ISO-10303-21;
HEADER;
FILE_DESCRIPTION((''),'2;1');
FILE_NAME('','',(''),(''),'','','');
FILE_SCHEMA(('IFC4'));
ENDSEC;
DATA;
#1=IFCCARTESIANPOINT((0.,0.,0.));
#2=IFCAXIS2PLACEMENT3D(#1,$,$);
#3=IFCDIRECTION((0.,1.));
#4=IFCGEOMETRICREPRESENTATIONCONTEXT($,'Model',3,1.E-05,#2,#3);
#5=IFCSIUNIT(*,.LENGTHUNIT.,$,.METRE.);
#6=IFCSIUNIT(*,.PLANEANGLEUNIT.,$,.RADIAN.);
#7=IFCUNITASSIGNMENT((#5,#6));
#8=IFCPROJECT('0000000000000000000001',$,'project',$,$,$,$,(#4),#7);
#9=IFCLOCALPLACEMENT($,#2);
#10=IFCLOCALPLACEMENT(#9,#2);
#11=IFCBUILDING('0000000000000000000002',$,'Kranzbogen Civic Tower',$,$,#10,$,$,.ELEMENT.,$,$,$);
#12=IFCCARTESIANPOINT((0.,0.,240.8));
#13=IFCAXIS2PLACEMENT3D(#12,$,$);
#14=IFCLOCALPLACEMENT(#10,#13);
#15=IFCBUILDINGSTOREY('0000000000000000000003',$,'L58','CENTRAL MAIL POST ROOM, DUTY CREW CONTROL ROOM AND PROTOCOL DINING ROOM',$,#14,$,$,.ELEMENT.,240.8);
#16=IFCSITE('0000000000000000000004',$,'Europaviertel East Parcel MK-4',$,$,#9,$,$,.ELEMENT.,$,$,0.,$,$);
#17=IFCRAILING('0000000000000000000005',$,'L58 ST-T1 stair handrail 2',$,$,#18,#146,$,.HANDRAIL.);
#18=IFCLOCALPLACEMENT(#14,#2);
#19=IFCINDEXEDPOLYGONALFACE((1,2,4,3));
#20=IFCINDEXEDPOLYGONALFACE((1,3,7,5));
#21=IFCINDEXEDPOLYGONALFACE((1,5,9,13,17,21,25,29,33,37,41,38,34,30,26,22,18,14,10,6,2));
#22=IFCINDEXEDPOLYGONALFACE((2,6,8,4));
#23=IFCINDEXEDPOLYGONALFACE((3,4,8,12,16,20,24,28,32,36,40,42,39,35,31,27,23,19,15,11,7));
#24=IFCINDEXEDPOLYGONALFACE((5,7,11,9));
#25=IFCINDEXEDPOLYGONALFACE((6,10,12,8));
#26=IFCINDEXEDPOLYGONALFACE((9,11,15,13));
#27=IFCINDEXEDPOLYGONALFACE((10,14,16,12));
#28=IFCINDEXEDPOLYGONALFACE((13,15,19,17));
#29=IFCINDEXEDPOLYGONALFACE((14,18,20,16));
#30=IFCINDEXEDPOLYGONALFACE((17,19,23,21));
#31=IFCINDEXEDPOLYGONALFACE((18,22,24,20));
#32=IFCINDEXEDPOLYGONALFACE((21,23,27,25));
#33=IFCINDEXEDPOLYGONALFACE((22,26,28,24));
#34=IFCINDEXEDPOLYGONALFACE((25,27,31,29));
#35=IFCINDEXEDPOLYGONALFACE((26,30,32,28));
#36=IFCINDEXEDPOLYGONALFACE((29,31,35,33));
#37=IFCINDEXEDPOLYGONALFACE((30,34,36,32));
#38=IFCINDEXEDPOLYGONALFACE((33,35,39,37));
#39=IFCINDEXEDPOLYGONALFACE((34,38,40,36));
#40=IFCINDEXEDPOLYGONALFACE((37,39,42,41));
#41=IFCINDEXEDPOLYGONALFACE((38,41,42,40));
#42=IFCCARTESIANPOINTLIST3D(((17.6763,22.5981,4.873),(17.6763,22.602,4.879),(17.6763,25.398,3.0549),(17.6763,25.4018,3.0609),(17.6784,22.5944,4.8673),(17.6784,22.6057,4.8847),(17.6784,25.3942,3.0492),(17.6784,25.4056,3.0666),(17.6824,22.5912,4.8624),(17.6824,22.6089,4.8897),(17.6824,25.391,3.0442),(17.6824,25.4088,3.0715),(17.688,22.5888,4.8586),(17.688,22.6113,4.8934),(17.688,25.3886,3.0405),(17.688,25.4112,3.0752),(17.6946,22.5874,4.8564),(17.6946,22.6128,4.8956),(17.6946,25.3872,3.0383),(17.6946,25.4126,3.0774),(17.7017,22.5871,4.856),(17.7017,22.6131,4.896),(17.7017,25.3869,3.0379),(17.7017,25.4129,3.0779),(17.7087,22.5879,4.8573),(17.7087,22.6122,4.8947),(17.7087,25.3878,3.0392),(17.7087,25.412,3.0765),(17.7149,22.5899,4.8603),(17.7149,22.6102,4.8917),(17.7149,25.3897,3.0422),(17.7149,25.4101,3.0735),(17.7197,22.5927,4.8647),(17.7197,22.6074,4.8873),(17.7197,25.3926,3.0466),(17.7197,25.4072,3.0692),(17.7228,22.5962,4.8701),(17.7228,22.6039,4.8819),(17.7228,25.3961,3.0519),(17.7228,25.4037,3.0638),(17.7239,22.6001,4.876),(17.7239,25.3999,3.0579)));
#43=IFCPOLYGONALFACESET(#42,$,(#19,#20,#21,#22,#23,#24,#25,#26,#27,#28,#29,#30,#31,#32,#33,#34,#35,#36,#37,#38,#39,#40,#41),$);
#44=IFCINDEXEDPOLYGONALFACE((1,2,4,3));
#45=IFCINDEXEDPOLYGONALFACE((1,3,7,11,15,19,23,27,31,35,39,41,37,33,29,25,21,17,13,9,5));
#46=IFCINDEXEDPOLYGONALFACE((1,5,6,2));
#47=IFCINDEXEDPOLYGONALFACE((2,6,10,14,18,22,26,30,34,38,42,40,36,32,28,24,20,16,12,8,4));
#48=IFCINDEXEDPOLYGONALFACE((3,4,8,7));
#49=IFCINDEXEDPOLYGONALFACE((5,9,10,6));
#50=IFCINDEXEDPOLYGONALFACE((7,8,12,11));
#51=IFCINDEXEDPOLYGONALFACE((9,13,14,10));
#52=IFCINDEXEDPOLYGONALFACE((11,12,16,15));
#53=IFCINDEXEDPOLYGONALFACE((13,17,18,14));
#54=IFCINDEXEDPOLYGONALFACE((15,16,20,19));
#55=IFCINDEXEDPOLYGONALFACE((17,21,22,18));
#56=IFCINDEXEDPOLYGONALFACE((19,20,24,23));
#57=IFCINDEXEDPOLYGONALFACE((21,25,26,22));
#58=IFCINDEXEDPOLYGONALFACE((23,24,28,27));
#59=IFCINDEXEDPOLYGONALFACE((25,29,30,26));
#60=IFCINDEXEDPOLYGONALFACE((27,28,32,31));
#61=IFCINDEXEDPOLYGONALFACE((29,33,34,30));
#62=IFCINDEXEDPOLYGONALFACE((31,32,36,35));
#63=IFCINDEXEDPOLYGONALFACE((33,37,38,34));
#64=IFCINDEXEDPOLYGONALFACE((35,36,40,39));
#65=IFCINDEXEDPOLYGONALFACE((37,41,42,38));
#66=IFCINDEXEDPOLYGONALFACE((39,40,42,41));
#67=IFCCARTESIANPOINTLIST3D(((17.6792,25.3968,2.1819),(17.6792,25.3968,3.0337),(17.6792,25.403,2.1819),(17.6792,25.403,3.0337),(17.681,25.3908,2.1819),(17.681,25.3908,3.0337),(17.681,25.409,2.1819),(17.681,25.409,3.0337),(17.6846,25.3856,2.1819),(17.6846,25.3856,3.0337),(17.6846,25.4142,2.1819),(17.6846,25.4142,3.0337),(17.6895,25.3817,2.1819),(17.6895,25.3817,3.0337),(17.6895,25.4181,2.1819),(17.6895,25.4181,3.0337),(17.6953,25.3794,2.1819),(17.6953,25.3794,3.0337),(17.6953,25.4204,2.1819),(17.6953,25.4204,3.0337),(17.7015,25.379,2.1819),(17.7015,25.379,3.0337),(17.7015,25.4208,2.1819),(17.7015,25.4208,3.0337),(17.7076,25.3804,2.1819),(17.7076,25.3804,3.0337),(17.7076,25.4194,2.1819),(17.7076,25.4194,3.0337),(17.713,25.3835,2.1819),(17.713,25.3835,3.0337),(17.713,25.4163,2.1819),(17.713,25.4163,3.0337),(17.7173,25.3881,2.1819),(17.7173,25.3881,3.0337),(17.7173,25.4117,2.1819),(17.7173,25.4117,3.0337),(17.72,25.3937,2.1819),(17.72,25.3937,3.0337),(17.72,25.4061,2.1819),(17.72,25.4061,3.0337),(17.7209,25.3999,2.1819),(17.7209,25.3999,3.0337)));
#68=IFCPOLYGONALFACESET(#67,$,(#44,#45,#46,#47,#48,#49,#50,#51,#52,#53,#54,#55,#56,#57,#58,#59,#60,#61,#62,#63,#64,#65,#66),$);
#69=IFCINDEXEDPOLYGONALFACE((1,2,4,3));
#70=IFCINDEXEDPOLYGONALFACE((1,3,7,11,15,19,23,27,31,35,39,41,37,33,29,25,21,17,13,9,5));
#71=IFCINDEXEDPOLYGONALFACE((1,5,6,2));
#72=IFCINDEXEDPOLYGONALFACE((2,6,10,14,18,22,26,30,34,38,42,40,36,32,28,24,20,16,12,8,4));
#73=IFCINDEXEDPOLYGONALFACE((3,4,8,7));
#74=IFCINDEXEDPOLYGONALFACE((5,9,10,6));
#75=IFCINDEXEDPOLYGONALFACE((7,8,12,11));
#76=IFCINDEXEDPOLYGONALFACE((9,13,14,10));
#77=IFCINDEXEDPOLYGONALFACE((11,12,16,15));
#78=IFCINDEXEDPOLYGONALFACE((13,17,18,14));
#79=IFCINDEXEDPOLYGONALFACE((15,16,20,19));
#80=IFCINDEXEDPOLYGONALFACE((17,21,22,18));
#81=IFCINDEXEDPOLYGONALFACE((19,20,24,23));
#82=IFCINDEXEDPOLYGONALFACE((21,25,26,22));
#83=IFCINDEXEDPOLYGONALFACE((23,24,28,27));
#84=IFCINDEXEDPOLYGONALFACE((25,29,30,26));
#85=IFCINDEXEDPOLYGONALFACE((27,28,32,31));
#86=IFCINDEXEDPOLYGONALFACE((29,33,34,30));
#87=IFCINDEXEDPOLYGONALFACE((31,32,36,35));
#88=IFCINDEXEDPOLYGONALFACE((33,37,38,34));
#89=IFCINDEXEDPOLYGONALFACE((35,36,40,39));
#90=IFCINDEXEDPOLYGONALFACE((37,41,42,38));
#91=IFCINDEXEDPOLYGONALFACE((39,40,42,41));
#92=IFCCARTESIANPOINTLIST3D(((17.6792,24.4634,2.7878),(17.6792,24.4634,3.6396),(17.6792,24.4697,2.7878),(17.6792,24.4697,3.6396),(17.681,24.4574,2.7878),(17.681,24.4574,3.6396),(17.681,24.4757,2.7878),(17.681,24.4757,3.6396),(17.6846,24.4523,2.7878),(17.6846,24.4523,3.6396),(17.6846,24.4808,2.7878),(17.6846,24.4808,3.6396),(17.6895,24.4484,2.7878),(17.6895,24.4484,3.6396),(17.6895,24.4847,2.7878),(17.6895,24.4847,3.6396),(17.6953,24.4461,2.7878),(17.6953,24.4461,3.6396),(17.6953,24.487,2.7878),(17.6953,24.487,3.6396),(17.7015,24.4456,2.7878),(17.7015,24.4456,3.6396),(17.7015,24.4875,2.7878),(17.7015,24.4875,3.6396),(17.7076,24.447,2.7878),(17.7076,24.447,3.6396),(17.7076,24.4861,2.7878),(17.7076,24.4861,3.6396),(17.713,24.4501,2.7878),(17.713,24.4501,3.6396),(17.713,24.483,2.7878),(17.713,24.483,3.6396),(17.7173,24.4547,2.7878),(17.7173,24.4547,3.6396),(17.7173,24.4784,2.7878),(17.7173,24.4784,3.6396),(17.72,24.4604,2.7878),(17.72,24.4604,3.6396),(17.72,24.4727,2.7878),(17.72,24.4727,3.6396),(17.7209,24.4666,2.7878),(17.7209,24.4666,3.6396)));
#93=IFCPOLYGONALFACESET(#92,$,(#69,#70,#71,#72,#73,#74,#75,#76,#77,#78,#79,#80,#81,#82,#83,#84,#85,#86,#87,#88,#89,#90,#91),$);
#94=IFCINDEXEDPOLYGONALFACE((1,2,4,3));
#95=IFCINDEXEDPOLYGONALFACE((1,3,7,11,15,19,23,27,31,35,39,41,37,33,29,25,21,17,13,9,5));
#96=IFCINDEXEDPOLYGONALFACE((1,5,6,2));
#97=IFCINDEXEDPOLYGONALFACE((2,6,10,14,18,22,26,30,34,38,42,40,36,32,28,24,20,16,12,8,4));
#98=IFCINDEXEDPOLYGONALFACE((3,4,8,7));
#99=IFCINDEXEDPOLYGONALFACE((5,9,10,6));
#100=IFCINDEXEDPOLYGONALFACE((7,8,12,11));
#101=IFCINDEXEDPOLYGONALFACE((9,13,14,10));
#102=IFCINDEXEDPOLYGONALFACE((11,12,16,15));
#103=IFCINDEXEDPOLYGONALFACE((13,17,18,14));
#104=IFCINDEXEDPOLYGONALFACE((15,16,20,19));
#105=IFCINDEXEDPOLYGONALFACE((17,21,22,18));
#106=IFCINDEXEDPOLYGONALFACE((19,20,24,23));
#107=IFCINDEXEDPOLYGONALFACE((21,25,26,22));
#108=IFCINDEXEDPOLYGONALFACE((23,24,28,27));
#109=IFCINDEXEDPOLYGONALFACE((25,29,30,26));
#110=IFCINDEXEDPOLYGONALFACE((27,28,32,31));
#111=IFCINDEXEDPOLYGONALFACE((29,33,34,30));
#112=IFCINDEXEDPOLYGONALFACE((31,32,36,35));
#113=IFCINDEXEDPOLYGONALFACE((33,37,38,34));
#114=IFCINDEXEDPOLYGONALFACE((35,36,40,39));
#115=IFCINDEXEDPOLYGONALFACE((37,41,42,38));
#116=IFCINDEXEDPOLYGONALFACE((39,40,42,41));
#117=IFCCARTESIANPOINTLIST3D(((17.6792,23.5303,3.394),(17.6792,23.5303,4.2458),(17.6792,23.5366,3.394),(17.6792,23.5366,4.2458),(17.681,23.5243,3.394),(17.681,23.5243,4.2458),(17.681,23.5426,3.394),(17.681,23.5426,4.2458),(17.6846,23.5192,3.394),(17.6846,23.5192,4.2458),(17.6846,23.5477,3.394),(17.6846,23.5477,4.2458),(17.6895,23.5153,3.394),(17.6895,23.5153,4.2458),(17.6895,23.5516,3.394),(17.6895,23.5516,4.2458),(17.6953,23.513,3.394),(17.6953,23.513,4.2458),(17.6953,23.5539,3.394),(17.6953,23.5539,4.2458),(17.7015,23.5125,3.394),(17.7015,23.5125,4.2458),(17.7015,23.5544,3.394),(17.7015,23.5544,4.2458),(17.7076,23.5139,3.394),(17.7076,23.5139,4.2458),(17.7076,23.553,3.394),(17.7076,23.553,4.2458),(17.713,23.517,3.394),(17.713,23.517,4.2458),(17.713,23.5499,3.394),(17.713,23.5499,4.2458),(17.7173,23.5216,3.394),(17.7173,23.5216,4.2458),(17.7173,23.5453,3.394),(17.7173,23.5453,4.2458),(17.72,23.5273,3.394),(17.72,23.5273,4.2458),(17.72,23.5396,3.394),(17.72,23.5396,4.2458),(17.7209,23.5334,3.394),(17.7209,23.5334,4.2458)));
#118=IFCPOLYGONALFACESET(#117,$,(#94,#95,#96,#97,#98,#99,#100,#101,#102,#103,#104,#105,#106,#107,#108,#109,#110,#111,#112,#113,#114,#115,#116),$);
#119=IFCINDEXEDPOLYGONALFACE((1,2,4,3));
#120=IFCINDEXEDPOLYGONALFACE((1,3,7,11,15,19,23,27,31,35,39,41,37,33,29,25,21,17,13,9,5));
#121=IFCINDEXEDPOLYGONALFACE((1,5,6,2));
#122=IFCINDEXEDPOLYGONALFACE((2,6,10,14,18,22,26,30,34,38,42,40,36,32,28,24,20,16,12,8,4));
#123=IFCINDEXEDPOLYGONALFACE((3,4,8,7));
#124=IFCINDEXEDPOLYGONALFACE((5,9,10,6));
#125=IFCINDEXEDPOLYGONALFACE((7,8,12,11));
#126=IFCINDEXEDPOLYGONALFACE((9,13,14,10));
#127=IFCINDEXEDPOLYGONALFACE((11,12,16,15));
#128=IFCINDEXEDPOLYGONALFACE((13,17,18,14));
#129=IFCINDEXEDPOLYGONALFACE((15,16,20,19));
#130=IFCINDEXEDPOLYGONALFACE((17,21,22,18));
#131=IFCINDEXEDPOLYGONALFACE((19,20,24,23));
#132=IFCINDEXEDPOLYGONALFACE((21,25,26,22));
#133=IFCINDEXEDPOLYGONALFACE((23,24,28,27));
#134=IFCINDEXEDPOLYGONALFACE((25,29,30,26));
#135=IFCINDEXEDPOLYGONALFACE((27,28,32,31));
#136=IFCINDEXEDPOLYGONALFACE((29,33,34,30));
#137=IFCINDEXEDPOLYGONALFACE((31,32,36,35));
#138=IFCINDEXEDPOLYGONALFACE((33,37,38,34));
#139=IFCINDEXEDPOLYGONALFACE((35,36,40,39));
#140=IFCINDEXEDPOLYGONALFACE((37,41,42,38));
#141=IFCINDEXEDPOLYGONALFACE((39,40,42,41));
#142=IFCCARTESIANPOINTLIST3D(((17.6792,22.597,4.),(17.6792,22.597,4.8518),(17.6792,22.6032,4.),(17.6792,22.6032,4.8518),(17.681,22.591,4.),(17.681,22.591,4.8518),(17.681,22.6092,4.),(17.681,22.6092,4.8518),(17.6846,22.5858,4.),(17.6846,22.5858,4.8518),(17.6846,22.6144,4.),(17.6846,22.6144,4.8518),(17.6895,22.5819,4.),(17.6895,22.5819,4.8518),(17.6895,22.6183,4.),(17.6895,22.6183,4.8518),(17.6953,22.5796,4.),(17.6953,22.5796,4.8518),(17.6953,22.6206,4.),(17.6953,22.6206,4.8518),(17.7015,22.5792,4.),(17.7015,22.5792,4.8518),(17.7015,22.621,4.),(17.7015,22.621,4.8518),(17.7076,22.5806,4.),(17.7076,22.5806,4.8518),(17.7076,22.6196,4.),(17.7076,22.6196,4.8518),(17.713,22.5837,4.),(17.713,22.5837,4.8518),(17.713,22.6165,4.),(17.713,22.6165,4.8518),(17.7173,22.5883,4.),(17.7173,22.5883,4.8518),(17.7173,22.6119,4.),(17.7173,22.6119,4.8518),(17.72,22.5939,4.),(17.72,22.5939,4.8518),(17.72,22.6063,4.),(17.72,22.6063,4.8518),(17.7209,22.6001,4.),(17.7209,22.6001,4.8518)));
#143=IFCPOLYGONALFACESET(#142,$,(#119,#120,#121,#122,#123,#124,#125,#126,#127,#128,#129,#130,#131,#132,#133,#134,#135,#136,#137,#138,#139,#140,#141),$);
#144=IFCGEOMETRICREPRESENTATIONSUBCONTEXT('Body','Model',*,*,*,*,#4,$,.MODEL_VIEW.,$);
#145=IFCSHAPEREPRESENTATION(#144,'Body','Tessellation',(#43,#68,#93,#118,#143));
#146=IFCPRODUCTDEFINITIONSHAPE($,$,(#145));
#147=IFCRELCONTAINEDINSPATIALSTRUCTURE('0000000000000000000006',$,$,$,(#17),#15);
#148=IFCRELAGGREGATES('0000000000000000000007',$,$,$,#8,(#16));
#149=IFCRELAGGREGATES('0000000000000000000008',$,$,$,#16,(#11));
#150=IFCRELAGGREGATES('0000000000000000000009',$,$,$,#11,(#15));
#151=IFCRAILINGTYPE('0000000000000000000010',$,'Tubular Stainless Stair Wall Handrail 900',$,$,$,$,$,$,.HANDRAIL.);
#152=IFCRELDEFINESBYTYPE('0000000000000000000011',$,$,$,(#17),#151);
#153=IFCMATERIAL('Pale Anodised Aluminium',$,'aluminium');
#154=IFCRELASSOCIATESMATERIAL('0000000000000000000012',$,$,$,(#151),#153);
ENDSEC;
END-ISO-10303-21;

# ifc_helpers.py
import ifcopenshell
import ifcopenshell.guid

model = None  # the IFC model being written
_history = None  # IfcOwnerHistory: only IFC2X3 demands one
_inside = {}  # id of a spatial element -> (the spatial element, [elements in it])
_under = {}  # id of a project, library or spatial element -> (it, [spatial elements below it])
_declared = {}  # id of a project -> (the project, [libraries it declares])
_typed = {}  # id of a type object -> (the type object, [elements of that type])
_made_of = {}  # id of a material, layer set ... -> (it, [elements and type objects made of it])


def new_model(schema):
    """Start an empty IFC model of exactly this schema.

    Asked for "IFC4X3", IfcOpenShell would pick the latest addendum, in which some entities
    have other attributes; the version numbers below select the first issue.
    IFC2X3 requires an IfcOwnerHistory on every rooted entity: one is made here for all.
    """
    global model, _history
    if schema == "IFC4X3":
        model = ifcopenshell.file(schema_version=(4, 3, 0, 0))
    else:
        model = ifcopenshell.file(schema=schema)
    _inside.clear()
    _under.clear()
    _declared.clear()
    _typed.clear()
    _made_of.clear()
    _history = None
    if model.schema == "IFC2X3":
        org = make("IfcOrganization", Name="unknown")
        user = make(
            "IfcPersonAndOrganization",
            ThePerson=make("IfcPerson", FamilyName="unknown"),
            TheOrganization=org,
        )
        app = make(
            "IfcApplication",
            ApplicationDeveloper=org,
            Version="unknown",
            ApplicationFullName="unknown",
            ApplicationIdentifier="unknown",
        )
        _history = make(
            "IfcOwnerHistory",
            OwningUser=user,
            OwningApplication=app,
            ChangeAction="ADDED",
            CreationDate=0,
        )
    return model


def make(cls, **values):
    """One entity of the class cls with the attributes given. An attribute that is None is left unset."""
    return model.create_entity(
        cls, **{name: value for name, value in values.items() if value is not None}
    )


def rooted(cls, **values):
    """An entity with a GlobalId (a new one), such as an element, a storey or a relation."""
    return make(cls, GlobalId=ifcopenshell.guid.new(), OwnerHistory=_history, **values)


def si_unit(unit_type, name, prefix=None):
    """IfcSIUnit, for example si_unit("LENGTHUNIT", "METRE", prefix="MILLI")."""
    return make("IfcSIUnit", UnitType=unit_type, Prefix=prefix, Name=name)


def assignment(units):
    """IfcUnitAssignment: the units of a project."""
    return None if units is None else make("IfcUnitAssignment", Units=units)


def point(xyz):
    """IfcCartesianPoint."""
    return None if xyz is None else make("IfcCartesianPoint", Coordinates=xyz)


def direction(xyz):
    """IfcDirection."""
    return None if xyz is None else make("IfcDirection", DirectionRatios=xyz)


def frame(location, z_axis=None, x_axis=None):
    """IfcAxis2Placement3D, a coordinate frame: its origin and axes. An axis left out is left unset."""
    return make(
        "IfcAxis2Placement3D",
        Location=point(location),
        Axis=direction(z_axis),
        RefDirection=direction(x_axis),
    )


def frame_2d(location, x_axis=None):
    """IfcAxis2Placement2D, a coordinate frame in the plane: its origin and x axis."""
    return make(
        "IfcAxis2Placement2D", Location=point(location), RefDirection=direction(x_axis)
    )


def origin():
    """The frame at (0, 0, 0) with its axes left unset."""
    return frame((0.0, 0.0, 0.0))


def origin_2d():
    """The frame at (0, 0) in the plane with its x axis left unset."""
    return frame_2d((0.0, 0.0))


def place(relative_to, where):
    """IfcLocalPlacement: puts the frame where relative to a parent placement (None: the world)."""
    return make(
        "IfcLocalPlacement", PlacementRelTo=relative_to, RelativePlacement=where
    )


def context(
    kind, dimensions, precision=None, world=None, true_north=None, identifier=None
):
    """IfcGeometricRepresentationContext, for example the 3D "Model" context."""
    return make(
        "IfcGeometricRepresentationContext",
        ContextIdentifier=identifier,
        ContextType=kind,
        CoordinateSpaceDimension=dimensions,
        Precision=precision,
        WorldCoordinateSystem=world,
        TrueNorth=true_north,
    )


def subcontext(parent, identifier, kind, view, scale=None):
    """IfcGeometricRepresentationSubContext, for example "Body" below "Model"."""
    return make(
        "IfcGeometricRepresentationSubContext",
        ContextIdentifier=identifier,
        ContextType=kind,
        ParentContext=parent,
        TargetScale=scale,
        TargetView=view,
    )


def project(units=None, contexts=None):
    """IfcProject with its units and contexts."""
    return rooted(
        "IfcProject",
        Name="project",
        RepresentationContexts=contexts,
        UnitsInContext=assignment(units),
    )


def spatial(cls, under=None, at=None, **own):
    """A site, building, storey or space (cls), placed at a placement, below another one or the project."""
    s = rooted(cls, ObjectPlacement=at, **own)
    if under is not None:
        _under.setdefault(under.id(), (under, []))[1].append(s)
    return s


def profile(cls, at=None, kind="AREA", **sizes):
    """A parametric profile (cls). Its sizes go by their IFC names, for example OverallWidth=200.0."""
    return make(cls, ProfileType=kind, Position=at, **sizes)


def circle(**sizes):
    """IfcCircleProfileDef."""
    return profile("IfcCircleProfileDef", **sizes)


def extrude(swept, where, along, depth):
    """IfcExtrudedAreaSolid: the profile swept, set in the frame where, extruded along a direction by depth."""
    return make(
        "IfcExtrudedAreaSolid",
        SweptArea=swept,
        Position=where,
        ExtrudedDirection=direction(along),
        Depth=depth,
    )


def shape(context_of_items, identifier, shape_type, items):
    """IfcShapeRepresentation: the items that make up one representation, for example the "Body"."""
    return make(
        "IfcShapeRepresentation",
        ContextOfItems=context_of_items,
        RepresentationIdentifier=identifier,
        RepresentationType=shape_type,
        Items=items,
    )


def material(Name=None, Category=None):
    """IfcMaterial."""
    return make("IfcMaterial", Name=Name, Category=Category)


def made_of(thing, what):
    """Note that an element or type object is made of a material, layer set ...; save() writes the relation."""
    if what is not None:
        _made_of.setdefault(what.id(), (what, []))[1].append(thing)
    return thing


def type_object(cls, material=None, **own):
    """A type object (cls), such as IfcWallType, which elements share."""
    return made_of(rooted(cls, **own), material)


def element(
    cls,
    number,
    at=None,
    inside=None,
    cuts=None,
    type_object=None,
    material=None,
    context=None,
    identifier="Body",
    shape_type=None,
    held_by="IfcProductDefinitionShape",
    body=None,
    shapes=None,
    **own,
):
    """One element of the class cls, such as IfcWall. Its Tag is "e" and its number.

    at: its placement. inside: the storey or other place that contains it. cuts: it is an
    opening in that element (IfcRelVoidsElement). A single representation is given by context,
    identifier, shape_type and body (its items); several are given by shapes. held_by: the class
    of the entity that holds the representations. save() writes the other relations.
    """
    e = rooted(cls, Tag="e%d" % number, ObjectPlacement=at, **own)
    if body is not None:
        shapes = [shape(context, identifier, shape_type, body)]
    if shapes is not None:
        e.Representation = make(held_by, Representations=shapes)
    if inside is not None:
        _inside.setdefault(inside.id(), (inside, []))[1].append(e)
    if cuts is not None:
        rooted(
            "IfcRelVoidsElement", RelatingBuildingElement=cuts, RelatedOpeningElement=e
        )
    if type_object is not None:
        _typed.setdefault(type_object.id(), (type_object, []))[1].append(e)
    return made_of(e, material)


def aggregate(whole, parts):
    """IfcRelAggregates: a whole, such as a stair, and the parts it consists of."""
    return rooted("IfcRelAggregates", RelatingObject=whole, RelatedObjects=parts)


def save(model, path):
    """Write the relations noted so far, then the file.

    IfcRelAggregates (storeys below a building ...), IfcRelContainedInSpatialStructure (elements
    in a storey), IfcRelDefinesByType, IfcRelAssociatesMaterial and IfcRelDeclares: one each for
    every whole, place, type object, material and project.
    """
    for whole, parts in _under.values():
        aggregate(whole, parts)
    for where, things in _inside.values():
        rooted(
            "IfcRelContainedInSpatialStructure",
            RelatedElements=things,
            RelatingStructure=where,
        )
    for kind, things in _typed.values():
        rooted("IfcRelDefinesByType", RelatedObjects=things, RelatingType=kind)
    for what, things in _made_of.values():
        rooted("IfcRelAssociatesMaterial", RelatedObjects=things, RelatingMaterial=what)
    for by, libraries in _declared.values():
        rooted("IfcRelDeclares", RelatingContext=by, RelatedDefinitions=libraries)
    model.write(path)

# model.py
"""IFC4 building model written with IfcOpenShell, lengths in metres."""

from ifc_helpers import new_model, si_unit, direction, frame, origin, origin_2d, place, context, subcontext, project, spatial, circle, extrude, material, type_object, element, save


model = new_model("IFC4")

# Units and contexts
model_context = context("Model", 3, precision=1e-05, world=origin(), true_north=direction((0.0, 1.0)))
body_context = subcontext(model_context, "Body", "Model", "MODEL_VIEW")
ifc_project = project(units=[si_unit("LENGTHUNIT", "METRE"), si_unit("PLANEANGLEUNIT", "RADIAN")], contexts=[model_context])

# Site, building, storey
site_placement = place(None, origin())
site = spatial("IfcSite", under=ifc_project, at=site_placement, Name="Europaviertel East Parcel MK-4", CompositionType="ELEMENT", RefElevation=0.0)
building_placement = place(site_placement, origin())
building = spatial("IfcBuilding", under=site, at=building_placement, Name="Kranzbogen Civic Tower", CompositionType="ELEMENT")
storey_placement = place(building_placement, frame((0.0, 0.0, 240.8)))
storey = spatial("IfcBuildingStorey", under=building, at=storey_placement, Name="L58", Description="CENTRAL MAIL POST ROOM, DUTY CREW CONTROL ROOM AND PROTOCOL DINING ROOM", CompositionType="ELEMENT", Elevation=240.8)

# Shared definitions
ifc_material_1 = material(Name="Pale Anodised Aluminium", Category="aluminium")

# Railing
railing_type_1 = type_object("IfcRailingType", Name="Tubular Stainless Stair Wall Handrail 900", PredefinedType="HANDRAIL", material=ifc_material_1)
railing_1_placement = place(storey_placement, frame((17.7, 25.3999, 2.1819)))
element("IfcRailing", 1, at=railing_1_placement, inside=storey, type_object=railing_type_1, Name="L58 ST-T1 stair handrail 2", PredefinedType="HANDRAIL", context=body_context, shape_type="SweptSolid", body=[
    extrude(circle(Radius=0.0239, at=origin_2d()), frame((0.0, 0.0, 0.876), z_axis=(0.0, -0.838684, 0.544618), x_axis=(1.0, 0.0, 0.0)), (0.0, 0.0, 1.0), 3.3384),
    extrude(circle(Radius=0.021, at=origin_2d()), origin(), (0.0, 0.0, 1.0), 0.8518),
    extrude(circle(Radius=0.021, at=origin_2d()), frame((0.0, -0.9333, 0.606)), (0.0, 0.0, 1.0), 0.8518),
    extrude(circle(Radius=0.021, at=origin_2d()), frame((0.0, -1.8665, 1.2122)), (0.0, 0.0, 1.0), 0.8518),
    extrude(circle(Radius=0.021, at=origin_2d()), frame((0.0, -2.7998, 1.8181)), (0.0, 0.0, 1.0), 0.8518),
])

save(model, "model.ifc")
